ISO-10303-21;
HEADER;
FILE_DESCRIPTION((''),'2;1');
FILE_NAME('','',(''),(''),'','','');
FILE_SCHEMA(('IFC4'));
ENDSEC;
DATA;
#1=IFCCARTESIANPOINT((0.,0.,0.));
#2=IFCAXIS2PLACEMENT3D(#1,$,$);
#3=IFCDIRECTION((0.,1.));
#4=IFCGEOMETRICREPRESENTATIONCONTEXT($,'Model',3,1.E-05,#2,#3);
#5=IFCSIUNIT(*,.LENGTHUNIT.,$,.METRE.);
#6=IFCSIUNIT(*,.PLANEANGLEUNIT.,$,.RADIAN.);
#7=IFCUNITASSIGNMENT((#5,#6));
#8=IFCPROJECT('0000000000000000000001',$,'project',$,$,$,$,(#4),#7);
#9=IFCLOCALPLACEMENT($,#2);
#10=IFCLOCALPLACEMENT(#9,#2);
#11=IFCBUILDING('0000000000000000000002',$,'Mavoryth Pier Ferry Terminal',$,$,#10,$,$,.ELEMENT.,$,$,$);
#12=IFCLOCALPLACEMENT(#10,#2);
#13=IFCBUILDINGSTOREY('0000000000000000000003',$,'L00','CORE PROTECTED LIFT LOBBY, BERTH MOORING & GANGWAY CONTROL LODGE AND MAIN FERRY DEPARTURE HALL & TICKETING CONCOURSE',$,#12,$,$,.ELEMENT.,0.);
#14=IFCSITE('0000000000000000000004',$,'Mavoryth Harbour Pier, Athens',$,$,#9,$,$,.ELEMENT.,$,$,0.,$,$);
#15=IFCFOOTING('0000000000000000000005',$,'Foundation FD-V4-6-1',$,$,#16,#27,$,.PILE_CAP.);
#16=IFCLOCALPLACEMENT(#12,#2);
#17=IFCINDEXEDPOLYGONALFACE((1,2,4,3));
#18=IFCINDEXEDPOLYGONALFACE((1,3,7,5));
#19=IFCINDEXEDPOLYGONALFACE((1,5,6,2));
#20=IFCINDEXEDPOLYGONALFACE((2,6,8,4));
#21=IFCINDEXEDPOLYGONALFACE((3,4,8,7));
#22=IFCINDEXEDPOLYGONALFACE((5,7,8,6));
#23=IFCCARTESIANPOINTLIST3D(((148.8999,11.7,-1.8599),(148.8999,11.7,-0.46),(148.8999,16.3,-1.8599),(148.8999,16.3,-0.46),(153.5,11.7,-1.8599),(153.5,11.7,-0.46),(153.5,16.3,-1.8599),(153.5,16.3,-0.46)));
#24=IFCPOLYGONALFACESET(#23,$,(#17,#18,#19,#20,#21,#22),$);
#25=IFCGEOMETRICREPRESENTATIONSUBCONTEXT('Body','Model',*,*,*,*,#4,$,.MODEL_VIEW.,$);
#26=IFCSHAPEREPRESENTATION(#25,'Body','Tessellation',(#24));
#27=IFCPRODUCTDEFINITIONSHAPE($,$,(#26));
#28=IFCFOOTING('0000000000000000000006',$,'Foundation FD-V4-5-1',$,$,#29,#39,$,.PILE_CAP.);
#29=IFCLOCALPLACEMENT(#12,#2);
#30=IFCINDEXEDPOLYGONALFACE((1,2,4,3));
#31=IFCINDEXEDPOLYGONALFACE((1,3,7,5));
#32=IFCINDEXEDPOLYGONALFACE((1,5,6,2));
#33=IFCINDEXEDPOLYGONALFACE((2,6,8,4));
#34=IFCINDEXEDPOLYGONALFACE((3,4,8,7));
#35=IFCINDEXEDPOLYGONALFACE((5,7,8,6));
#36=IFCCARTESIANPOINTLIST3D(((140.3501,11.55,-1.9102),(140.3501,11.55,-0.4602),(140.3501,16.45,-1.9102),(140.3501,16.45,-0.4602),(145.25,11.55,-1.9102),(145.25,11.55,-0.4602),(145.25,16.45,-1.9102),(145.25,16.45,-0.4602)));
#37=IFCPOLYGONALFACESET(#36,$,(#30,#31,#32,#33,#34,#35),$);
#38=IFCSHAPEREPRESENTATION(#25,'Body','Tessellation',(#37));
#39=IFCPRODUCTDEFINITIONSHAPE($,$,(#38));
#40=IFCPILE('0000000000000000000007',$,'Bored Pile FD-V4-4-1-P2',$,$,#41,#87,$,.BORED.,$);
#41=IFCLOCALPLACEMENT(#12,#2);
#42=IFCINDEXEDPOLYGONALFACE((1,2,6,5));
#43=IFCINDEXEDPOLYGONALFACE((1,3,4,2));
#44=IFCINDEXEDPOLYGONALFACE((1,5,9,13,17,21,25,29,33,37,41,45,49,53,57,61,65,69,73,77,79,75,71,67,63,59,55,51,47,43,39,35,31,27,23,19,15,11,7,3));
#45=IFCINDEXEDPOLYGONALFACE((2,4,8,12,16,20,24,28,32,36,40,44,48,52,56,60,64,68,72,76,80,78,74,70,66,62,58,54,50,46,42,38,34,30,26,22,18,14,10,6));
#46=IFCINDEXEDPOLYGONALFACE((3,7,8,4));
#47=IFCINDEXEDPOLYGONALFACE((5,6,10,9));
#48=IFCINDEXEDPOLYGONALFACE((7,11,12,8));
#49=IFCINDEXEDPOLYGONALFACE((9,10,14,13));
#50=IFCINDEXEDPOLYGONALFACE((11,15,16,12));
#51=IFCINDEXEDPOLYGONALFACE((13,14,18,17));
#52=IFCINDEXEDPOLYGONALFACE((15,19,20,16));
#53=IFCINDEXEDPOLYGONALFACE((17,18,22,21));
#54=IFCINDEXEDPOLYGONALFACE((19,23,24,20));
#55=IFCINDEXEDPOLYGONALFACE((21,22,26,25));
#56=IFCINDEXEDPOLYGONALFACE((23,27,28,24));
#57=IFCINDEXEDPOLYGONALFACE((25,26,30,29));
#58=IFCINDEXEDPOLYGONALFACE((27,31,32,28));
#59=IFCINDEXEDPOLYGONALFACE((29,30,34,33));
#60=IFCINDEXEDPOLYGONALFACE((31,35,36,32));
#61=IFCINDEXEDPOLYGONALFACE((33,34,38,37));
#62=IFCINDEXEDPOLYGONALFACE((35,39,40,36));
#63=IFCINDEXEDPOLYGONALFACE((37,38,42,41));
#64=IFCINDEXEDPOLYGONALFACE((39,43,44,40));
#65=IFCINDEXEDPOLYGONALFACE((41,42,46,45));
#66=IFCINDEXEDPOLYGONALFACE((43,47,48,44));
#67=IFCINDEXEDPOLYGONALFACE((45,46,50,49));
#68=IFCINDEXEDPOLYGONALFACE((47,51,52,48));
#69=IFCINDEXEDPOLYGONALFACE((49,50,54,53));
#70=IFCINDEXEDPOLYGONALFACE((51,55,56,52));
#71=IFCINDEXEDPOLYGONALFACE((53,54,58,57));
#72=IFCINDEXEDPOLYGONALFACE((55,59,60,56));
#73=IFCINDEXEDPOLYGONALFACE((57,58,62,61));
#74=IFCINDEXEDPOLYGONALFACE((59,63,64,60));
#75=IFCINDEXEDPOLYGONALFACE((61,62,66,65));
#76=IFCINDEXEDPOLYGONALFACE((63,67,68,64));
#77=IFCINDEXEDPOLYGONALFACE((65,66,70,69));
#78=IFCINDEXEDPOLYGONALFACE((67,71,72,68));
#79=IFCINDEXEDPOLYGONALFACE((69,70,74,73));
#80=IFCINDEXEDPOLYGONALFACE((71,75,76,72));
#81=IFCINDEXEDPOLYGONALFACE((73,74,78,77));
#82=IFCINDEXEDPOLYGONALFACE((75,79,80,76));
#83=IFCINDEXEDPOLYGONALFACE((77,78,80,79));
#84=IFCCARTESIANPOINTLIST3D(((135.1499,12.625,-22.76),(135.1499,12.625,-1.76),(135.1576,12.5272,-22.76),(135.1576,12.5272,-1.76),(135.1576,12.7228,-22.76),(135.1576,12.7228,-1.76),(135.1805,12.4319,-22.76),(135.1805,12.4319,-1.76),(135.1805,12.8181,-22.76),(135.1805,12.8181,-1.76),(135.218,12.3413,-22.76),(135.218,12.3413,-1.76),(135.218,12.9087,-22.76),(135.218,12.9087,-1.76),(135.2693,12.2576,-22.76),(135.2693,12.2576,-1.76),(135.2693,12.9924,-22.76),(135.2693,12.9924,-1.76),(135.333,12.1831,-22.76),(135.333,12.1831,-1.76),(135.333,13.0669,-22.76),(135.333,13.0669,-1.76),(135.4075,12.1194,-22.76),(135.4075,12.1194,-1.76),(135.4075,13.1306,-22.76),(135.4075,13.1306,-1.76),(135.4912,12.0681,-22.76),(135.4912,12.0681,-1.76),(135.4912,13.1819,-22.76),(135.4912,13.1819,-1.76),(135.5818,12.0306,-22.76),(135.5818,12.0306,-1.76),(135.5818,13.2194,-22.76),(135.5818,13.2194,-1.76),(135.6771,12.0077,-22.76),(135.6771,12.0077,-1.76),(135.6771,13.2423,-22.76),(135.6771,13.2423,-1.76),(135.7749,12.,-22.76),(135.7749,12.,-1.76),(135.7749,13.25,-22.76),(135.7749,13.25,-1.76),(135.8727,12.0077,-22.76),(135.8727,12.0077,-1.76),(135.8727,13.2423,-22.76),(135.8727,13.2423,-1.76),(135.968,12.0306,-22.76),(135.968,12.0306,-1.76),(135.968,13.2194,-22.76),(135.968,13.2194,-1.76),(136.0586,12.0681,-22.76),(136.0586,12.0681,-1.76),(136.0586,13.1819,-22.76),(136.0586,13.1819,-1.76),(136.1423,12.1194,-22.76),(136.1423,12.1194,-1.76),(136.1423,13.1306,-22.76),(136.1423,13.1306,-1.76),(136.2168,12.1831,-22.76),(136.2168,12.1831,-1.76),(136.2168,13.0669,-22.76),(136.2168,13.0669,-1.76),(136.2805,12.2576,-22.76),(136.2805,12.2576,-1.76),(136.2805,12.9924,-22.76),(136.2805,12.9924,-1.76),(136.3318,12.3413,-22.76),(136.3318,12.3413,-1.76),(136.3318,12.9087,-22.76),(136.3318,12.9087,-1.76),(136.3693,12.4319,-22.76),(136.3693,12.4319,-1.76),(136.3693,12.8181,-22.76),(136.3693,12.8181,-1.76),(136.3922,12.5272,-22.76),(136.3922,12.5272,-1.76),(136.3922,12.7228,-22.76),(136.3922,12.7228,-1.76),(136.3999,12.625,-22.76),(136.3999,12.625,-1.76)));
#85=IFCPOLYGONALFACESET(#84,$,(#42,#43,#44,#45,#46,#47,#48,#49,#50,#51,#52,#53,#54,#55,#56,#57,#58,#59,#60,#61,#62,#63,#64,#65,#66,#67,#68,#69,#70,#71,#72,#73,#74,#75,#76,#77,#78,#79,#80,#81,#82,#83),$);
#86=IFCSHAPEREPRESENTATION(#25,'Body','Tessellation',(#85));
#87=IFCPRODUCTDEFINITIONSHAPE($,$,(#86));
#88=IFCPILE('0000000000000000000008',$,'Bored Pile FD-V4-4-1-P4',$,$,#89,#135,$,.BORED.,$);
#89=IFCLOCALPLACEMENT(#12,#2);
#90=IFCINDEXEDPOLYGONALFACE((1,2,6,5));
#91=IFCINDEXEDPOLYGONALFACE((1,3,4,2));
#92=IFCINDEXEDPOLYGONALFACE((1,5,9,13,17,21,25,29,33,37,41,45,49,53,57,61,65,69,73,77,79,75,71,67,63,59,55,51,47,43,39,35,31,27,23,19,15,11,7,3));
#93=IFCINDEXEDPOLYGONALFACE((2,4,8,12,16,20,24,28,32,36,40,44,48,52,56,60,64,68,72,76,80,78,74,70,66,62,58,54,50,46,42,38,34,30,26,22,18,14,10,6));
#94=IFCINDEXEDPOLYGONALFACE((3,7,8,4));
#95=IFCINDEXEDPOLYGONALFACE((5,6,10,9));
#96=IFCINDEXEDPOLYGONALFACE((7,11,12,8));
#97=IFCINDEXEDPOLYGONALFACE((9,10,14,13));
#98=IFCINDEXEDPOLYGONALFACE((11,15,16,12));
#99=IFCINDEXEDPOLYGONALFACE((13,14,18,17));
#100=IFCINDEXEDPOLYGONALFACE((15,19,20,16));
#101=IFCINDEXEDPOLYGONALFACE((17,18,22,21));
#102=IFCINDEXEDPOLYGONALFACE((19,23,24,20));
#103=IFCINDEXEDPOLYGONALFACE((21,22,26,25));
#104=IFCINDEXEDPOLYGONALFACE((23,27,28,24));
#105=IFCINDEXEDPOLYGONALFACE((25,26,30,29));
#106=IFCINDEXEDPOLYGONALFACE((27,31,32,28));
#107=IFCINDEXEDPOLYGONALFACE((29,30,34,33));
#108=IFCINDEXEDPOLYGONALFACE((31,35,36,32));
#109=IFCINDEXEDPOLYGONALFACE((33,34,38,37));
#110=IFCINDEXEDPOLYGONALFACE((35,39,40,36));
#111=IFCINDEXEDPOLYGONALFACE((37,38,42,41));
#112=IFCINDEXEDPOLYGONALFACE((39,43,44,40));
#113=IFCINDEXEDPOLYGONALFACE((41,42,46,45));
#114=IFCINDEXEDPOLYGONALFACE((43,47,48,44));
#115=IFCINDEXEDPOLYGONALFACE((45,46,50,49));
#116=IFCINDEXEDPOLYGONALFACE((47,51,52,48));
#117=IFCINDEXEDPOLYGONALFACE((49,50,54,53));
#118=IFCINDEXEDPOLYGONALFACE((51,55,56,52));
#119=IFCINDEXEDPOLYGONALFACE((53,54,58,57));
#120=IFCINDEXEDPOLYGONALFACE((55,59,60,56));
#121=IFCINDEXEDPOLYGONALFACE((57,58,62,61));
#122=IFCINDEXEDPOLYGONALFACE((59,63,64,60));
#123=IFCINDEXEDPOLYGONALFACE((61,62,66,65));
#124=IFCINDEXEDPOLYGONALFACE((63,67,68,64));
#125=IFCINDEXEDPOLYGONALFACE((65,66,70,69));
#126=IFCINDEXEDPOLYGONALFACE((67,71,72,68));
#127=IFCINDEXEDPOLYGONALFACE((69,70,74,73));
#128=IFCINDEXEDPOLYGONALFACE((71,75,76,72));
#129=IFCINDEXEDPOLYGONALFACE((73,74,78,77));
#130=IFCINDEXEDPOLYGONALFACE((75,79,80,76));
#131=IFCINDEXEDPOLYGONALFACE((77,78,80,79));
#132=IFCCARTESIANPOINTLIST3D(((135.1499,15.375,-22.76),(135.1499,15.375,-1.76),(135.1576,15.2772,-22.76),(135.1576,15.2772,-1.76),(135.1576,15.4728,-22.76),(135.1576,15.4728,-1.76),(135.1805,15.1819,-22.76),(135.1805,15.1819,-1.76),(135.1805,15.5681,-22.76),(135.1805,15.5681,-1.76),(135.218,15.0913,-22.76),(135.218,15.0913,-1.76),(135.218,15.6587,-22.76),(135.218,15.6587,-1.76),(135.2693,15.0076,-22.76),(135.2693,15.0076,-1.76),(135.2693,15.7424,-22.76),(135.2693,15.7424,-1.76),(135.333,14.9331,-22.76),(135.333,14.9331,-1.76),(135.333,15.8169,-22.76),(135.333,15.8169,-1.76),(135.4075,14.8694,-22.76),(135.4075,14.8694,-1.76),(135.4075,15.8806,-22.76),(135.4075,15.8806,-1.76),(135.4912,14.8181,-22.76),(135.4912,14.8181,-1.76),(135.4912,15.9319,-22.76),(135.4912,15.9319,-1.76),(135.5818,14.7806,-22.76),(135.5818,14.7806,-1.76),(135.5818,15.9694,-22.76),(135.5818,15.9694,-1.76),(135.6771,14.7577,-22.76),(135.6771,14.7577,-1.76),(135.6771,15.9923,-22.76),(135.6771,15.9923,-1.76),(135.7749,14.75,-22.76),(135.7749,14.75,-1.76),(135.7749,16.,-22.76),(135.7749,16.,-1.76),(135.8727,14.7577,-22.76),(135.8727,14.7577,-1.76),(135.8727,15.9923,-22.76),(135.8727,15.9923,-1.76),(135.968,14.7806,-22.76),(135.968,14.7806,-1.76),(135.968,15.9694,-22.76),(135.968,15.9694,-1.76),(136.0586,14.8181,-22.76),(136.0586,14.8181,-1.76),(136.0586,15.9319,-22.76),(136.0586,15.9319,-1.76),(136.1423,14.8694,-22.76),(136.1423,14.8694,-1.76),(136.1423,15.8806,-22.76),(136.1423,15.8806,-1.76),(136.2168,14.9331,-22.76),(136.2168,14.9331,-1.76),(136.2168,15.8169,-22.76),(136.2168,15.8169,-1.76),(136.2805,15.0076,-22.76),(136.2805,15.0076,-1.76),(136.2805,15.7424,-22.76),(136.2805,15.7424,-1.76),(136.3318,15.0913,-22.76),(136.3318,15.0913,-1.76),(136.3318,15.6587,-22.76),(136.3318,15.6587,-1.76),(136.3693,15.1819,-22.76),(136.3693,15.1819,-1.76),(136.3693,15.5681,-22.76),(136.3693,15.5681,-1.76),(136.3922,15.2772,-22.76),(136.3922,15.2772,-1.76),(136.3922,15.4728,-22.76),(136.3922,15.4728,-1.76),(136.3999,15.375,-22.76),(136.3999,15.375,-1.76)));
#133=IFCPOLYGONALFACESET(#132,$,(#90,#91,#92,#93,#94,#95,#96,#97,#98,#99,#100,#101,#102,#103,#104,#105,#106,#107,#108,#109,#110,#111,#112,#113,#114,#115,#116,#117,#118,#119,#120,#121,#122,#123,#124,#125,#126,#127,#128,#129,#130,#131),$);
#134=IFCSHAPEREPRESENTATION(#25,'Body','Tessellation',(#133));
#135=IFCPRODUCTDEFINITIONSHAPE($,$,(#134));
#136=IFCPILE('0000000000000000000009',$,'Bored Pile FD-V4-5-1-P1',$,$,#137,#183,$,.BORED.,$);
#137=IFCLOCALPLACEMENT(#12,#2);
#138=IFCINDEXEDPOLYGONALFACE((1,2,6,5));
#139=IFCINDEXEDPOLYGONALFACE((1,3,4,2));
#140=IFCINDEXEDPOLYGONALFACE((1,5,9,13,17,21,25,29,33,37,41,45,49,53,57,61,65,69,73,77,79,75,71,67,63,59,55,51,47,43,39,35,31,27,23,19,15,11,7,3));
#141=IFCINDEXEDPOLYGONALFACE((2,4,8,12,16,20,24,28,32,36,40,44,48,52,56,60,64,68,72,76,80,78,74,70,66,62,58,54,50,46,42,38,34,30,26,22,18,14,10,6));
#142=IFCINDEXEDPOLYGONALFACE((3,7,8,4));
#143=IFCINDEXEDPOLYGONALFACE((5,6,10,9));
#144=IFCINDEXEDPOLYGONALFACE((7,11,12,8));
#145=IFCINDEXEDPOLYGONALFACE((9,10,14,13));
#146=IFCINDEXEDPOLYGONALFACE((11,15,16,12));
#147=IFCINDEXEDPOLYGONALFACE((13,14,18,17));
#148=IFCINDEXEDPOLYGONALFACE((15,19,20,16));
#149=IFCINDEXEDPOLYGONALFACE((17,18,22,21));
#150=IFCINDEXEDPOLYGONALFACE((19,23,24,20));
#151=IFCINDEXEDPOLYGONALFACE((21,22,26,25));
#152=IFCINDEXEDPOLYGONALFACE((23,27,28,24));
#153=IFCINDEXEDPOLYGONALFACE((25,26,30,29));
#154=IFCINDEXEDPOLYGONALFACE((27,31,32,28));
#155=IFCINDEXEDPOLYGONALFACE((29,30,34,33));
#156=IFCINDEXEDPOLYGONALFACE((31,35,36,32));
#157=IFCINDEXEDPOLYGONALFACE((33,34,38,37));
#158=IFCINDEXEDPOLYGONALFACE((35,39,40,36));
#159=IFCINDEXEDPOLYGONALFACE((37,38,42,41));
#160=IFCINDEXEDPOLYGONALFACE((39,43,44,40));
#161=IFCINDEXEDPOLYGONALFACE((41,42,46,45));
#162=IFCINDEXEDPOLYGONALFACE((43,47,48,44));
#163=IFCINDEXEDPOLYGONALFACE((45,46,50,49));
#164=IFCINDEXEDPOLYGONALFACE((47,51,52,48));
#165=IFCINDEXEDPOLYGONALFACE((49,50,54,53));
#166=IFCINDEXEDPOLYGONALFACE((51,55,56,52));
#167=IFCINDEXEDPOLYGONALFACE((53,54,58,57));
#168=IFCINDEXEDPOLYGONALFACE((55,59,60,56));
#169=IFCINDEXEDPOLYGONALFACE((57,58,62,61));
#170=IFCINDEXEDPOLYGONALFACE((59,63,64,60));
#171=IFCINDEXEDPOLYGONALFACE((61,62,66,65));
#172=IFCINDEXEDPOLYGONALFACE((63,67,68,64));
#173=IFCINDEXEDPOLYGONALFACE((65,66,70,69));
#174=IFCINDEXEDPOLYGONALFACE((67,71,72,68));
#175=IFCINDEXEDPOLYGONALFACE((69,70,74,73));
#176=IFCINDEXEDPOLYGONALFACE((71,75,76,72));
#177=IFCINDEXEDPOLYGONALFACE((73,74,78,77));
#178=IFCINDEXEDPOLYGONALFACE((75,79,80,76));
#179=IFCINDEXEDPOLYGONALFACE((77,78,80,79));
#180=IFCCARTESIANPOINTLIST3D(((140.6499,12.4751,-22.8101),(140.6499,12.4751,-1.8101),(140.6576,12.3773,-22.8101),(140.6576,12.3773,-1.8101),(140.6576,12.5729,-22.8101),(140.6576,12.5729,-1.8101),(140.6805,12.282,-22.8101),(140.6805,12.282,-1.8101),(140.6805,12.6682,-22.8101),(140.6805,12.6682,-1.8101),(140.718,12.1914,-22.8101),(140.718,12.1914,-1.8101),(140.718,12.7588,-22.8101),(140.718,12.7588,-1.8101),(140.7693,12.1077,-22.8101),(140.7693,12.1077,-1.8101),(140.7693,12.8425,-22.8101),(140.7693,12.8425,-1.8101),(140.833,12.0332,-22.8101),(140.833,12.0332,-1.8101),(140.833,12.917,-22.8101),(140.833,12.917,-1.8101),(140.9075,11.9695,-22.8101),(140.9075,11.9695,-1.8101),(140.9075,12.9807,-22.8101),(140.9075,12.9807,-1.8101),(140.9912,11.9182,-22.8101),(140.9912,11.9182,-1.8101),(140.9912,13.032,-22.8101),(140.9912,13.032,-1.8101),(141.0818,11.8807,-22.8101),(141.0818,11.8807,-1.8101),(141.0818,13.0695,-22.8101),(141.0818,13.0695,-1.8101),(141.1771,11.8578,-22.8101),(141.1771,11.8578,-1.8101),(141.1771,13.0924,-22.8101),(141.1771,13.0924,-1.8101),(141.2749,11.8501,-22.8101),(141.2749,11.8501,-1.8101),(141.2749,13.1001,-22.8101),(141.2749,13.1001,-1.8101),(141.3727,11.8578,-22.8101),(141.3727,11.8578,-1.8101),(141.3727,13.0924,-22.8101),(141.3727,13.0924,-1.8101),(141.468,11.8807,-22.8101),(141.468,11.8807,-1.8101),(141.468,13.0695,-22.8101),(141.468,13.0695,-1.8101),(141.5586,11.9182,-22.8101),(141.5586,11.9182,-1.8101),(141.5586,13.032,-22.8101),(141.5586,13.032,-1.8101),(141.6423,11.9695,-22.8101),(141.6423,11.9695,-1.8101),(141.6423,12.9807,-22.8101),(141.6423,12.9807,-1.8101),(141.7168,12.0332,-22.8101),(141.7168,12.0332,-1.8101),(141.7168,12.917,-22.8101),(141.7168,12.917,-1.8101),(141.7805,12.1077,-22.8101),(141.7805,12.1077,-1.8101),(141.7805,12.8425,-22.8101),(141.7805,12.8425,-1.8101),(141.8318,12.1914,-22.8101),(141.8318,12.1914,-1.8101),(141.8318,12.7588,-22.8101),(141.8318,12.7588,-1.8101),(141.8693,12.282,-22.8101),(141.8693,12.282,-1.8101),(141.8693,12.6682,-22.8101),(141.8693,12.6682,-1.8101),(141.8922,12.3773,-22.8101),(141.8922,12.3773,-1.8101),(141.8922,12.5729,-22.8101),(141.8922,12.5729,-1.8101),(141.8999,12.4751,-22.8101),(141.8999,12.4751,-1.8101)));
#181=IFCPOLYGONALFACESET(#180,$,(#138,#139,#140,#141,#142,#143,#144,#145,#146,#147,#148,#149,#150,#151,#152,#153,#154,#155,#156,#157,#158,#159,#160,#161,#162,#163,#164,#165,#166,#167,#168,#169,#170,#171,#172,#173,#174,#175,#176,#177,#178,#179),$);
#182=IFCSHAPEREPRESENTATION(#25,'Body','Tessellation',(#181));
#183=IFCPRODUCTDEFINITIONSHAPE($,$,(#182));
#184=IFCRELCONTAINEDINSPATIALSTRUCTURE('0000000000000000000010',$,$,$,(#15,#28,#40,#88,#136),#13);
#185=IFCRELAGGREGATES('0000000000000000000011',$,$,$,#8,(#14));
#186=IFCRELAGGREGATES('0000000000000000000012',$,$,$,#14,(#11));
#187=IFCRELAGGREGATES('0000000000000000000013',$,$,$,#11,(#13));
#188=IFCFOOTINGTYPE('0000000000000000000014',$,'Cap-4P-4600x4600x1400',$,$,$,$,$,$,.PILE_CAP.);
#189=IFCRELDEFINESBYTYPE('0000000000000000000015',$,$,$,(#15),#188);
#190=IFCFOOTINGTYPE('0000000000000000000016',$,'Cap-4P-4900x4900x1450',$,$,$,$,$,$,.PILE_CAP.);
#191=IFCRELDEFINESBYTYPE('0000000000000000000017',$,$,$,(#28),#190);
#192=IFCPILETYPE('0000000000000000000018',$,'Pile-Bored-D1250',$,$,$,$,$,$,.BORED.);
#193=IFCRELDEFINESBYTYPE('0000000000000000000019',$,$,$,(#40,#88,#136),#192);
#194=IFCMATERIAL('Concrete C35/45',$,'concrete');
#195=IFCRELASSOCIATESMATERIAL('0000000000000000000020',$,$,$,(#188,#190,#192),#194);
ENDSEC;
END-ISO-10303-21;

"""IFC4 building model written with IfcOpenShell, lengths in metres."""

from ifc_helpers import new_model, si_unit, direction, frame, origin, origin_2d, place, context, subcontext, project, spatial, rectangle, circle, extrude, material, material_profile, profile_set, type_object, element, save


model = new_model("IFC4")

# Units and contexts
model_context = context("Model", 3, precision=1e-05, world=origin(), true_north=direction((0.0, 1.0)))
body_context = subcontext(model_context, "Body", "Model", "MODEL_VIEW")
ifc_project = project(units=[si_unit("LENGTHUNIT", "METRE"), si_unit("PLANEANGLEUNIT", "RADIAN")], contexts=[model_context])

# Site, building, storey
site_placement = place(None, origin())
site = spatial("IfcSite", under=ifc_project, at=site_placement, Name="Mavoryth Harbour Pier, Athens", CompositionType="ELEMENT", RefElevation=0.0)
building_placement = place(site_placement, origin())
building = spatial("IfcBuilding", under=site, at=building_placement, Name="Mavoryth Pier Ferry Terminal", CompositionType="ELEMENT")
storey_placement = place(building_placement, origin())
storey = spatial("IfcBuildingStorey", under=building, at=storey_placement, Name="L00", Description="CORE PROTECTED LIFT LOBBY, BERTH MOORING & GANGWAY CONTROL LODGE AND MAIN FERRY DEPARTURE HALL & TICKETING CONCOURSE", CompositionType="ELEMENT", Elevation=0.0)

# Footings
ifc_material_1 = material(Name="Concrete C35/45", Category="concrete")
footing_type_1 = type_object("IfcFootingType", Name="Cap-4P-4600x4600x1400", PredefinedType="PILE_CAP", material=ifc_material_1)
footing_1_placement = place(storey_placement, frame((151.2, 14.0, -1.8599), z_axis=(0.0, 0.0, 1.0), x_axis=(1.0, 0.0, 0.0)))
element("IfcFooting", 1, at=footing_1_placement, inside=storey, type_object=footing_type_1, Name="Foundation FD-V4-6-1", PredefinedType="PILE_CAP", context=body_context, shape_type="SweptSolid", body=[
    extrude(rectangle(XDim=4.6001, YDim=4.6001, at=origin_2d()), origin(), (0.0, 0.0, 1.0), 1.3999),
])
footing_type_2 = type_object("IfcFootingType", Name="Cap-4P-4900x4900x1450", PredefinedType="PILE_CAP", material=ifc_material_1)
footing_2_placement = place(storey_placement, frame((142.8, 14.0, -1.9102), z_axis=(0.0, 0.0, 1.0), x_axis=(1.0, 0.0, 0.0)))
element("IfcFooting", 2, at=footing_2_placement, inside=storey, type_object=footing_type_2, Name="Foundation FD-V4-5-1", PredefinedType="PILE_CAP", context=body_context, shape_type="SweptSolid", body=[
    extrude(rectangle(XDim=4.8999, YDim=4.8999, at=origin_2d()), origin(), (0.0, 0.0, 1.0), 1.45),
])

# Piles
ifc_material_profile_1 = material_profile(ifc_material_1, circle(Radius=0.625, at=origin_2d()), Name="PILE D1250", Category="concrete")
ifc_profile_set_1 = profile_set([ifc_material_profile_1], Name="Concrete C35/45 - PILE D1250")
pile_type = type_object("IfcPileType", Name="Pile-Bored-D1250", PredefinedType="BORED", material=ifc_profile_set_1)
for number, where, z_axis, x_axis, name in (
    (3, (135.7749, 12.625, -1.76), (0.0, 0.0, -1.0), (1.0, 0.0, 0.0), "Bored Pile FD-V4-4-1-P2"),
    (4, (135.7749, 15.375, -1.76), (0.0, 0.0, -1.0), (1.0, 0.0, 0.0), "Bored Pile FD-V4-4-1-P4"),
    (5, (141.2749, 12.4751, -1.8101), (0.0, 0.0, -1.0), (1.0, 0.0, 0.0), "Bored Pile FD-V4-5-1-P1"),
):
    element("IfcPile", number, at=place(storey_placement, frame(where, z_axis=z_axis, x_axis=x_axis)), inside=storey, type_object=pile_type, Name=name, PredefinedType="BORED", context=body_context, shape_type="SweptSolid", body=[
        extrude(circle(Radius=0.625, at=origin_2d()), origin(), (0.0, 0.0, 1.0), 21.0),
    ])

save(model, "model.ifc")
